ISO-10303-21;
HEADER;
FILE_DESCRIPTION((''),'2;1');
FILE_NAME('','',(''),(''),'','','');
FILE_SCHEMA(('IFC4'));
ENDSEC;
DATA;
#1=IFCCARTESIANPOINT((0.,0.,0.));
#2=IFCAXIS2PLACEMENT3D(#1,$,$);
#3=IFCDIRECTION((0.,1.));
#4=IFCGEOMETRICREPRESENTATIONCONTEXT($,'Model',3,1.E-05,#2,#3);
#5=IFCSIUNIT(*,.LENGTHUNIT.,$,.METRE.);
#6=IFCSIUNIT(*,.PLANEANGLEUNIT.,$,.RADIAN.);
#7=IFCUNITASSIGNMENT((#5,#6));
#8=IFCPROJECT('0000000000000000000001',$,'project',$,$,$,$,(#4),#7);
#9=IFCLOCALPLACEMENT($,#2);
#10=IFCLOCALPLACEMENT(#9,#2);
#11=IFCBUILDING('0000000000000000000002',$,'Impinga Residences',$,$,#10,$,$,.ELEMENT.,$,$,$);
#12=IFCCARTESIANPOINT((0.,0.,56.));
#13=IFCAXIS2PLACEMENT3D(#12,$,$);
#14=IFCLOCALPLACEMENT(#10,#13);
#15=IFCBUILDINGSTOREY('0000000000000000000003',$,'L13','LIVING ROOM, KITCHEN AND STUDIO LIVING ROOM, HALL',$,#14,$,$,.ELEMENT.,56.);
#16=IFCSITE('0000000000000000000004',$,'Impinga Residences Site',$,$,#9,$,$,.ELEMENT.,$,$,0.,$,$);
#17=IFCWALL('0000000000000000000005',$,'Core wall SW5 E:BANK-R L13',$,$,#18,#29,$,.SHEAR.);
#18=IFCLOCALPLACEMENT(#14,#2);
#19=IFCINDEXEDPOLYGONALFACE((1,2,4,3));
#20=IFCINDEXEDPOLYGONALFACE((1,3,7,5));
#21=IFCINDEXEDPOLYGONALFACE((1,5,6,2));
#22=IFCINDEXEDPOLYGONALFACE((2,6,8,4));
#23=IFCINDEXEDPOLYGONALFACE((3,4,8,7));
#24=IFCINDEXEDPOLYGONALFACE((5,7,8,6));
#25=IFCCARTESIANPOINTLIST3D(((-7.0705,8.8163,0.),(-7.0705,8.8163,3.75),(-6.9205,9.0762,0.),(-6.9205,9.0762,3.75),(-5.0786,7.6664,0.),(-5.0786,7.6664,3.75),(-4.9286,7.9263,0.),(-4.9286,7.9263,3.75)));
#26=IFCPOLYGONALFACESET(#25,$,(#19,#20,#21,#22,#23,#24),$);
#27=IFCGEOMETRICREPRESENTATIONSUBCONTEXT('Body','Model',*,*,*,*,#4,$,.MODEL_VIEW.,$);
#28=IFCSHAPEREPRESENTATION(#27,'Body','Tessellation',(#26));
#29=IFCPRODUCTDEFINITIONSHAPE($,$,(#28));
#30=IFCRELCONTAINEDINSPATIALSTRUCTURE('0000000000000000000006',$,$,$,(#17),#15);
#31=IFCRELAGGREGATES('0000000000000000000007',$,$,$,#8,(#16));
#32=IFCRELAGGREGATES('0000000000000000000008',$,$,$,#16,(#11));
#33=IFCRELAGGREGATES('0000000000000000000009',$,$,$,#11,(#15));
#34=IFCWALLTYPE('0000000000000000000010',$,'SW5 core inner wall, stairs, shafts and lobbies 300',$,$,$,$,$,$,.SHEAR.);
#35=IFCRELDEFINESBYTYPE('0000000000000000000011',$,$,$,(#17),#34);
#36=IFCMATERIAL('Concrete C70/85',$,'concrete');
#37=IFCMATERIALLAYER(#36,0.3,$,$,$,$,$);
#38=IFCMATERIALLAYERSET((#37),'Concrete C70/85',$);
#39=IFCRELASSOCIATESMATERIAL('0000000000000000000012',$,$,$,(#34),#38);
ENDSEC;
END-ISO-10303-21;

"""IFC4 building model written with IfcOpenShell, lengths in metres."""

from ifc_helpers import new_model, si_unit, direction, frame, frame_2d, origin, place, context, subcontext, project, spatial, rectangle, extrude, material, layer, layer_set, type_object, element, save


model = new_model("IFC4")

# Units and contexts
model_context = context("Model", 3, precision=1e-05, world=origin(), true_north=direction((0.0, 1.0)))
body_context = subcontext(model_context, "Body", "Model", "MODEL_VIEW")
ifc_project = project(units=[si_unit("LENGTHUNIT", "METRE"), si_unit("PLANEANGLEUNIT", "RADIAN")], contexts=[model_context])

# Site, building, storey
site_placement = place(None, origin())
site = spatial("IfcSite", under=ifc_project, at=site_placement, Name="Impinga Residences Site", CompositionType="ELEMENT", RefElevation=0.0)
building_placement = place(site_placement, origin())
building = spatial("IfcBuilding", under=site, at=building_placement, Name="Impinga Residences", CompositionType="ELEMENT")
storey_placement = place(building_placement, frame((0.0, 0.0, 56.0)))
storey = spatial("IfcBuildingStorey", under=building, at=storey_placement, Name="L13", Description="LIVING ROOM, KITCHEN AND STUDIO LIVING ROOM, HALL", CompositionType="ELEMENT", Elevation=56.0)

# Shared definitions
ifc_material_1 = material(Name="Concrete C70/85", Category="concrete")

# Shared definitions
ifc_layer_1 = layer(ifc_material_1, 0.3)
ifc_layer_set_1 = layer_set([ifc_layer_1], Name="Concrete C70/85")
wall_type_1 = type_object("IfcWallType", Name="SW5 core inner wall, stairs, shafts and lobbies 300", PredefinedType="SHEAR", material=ifc_layer_set_1)

# Wall
wall_1_placement = place(storey_placement, frame((-5.0037, 7.7964, 0.0), z_axis=(0.0, 0.0, 1.0), x_axis=(-0.866053, 0.499952, 0.0)))
element("IfcWall", 1, at=wall_1_placement, inside=storey, type_object=wall_type_1, Name="Core wall SW5 E:BANK-R L13", PredefinedType="SHEAR", context=body_context, shape_type="SweptSolid", body=[
    extrude(rectangle(XDim=2.3, YDim=0.3, at=frame_2d((1.1499, 0.0))), origin(), (0.0, 0.0, 1.0), 3.75),
])

save(model, "model.ifc")
